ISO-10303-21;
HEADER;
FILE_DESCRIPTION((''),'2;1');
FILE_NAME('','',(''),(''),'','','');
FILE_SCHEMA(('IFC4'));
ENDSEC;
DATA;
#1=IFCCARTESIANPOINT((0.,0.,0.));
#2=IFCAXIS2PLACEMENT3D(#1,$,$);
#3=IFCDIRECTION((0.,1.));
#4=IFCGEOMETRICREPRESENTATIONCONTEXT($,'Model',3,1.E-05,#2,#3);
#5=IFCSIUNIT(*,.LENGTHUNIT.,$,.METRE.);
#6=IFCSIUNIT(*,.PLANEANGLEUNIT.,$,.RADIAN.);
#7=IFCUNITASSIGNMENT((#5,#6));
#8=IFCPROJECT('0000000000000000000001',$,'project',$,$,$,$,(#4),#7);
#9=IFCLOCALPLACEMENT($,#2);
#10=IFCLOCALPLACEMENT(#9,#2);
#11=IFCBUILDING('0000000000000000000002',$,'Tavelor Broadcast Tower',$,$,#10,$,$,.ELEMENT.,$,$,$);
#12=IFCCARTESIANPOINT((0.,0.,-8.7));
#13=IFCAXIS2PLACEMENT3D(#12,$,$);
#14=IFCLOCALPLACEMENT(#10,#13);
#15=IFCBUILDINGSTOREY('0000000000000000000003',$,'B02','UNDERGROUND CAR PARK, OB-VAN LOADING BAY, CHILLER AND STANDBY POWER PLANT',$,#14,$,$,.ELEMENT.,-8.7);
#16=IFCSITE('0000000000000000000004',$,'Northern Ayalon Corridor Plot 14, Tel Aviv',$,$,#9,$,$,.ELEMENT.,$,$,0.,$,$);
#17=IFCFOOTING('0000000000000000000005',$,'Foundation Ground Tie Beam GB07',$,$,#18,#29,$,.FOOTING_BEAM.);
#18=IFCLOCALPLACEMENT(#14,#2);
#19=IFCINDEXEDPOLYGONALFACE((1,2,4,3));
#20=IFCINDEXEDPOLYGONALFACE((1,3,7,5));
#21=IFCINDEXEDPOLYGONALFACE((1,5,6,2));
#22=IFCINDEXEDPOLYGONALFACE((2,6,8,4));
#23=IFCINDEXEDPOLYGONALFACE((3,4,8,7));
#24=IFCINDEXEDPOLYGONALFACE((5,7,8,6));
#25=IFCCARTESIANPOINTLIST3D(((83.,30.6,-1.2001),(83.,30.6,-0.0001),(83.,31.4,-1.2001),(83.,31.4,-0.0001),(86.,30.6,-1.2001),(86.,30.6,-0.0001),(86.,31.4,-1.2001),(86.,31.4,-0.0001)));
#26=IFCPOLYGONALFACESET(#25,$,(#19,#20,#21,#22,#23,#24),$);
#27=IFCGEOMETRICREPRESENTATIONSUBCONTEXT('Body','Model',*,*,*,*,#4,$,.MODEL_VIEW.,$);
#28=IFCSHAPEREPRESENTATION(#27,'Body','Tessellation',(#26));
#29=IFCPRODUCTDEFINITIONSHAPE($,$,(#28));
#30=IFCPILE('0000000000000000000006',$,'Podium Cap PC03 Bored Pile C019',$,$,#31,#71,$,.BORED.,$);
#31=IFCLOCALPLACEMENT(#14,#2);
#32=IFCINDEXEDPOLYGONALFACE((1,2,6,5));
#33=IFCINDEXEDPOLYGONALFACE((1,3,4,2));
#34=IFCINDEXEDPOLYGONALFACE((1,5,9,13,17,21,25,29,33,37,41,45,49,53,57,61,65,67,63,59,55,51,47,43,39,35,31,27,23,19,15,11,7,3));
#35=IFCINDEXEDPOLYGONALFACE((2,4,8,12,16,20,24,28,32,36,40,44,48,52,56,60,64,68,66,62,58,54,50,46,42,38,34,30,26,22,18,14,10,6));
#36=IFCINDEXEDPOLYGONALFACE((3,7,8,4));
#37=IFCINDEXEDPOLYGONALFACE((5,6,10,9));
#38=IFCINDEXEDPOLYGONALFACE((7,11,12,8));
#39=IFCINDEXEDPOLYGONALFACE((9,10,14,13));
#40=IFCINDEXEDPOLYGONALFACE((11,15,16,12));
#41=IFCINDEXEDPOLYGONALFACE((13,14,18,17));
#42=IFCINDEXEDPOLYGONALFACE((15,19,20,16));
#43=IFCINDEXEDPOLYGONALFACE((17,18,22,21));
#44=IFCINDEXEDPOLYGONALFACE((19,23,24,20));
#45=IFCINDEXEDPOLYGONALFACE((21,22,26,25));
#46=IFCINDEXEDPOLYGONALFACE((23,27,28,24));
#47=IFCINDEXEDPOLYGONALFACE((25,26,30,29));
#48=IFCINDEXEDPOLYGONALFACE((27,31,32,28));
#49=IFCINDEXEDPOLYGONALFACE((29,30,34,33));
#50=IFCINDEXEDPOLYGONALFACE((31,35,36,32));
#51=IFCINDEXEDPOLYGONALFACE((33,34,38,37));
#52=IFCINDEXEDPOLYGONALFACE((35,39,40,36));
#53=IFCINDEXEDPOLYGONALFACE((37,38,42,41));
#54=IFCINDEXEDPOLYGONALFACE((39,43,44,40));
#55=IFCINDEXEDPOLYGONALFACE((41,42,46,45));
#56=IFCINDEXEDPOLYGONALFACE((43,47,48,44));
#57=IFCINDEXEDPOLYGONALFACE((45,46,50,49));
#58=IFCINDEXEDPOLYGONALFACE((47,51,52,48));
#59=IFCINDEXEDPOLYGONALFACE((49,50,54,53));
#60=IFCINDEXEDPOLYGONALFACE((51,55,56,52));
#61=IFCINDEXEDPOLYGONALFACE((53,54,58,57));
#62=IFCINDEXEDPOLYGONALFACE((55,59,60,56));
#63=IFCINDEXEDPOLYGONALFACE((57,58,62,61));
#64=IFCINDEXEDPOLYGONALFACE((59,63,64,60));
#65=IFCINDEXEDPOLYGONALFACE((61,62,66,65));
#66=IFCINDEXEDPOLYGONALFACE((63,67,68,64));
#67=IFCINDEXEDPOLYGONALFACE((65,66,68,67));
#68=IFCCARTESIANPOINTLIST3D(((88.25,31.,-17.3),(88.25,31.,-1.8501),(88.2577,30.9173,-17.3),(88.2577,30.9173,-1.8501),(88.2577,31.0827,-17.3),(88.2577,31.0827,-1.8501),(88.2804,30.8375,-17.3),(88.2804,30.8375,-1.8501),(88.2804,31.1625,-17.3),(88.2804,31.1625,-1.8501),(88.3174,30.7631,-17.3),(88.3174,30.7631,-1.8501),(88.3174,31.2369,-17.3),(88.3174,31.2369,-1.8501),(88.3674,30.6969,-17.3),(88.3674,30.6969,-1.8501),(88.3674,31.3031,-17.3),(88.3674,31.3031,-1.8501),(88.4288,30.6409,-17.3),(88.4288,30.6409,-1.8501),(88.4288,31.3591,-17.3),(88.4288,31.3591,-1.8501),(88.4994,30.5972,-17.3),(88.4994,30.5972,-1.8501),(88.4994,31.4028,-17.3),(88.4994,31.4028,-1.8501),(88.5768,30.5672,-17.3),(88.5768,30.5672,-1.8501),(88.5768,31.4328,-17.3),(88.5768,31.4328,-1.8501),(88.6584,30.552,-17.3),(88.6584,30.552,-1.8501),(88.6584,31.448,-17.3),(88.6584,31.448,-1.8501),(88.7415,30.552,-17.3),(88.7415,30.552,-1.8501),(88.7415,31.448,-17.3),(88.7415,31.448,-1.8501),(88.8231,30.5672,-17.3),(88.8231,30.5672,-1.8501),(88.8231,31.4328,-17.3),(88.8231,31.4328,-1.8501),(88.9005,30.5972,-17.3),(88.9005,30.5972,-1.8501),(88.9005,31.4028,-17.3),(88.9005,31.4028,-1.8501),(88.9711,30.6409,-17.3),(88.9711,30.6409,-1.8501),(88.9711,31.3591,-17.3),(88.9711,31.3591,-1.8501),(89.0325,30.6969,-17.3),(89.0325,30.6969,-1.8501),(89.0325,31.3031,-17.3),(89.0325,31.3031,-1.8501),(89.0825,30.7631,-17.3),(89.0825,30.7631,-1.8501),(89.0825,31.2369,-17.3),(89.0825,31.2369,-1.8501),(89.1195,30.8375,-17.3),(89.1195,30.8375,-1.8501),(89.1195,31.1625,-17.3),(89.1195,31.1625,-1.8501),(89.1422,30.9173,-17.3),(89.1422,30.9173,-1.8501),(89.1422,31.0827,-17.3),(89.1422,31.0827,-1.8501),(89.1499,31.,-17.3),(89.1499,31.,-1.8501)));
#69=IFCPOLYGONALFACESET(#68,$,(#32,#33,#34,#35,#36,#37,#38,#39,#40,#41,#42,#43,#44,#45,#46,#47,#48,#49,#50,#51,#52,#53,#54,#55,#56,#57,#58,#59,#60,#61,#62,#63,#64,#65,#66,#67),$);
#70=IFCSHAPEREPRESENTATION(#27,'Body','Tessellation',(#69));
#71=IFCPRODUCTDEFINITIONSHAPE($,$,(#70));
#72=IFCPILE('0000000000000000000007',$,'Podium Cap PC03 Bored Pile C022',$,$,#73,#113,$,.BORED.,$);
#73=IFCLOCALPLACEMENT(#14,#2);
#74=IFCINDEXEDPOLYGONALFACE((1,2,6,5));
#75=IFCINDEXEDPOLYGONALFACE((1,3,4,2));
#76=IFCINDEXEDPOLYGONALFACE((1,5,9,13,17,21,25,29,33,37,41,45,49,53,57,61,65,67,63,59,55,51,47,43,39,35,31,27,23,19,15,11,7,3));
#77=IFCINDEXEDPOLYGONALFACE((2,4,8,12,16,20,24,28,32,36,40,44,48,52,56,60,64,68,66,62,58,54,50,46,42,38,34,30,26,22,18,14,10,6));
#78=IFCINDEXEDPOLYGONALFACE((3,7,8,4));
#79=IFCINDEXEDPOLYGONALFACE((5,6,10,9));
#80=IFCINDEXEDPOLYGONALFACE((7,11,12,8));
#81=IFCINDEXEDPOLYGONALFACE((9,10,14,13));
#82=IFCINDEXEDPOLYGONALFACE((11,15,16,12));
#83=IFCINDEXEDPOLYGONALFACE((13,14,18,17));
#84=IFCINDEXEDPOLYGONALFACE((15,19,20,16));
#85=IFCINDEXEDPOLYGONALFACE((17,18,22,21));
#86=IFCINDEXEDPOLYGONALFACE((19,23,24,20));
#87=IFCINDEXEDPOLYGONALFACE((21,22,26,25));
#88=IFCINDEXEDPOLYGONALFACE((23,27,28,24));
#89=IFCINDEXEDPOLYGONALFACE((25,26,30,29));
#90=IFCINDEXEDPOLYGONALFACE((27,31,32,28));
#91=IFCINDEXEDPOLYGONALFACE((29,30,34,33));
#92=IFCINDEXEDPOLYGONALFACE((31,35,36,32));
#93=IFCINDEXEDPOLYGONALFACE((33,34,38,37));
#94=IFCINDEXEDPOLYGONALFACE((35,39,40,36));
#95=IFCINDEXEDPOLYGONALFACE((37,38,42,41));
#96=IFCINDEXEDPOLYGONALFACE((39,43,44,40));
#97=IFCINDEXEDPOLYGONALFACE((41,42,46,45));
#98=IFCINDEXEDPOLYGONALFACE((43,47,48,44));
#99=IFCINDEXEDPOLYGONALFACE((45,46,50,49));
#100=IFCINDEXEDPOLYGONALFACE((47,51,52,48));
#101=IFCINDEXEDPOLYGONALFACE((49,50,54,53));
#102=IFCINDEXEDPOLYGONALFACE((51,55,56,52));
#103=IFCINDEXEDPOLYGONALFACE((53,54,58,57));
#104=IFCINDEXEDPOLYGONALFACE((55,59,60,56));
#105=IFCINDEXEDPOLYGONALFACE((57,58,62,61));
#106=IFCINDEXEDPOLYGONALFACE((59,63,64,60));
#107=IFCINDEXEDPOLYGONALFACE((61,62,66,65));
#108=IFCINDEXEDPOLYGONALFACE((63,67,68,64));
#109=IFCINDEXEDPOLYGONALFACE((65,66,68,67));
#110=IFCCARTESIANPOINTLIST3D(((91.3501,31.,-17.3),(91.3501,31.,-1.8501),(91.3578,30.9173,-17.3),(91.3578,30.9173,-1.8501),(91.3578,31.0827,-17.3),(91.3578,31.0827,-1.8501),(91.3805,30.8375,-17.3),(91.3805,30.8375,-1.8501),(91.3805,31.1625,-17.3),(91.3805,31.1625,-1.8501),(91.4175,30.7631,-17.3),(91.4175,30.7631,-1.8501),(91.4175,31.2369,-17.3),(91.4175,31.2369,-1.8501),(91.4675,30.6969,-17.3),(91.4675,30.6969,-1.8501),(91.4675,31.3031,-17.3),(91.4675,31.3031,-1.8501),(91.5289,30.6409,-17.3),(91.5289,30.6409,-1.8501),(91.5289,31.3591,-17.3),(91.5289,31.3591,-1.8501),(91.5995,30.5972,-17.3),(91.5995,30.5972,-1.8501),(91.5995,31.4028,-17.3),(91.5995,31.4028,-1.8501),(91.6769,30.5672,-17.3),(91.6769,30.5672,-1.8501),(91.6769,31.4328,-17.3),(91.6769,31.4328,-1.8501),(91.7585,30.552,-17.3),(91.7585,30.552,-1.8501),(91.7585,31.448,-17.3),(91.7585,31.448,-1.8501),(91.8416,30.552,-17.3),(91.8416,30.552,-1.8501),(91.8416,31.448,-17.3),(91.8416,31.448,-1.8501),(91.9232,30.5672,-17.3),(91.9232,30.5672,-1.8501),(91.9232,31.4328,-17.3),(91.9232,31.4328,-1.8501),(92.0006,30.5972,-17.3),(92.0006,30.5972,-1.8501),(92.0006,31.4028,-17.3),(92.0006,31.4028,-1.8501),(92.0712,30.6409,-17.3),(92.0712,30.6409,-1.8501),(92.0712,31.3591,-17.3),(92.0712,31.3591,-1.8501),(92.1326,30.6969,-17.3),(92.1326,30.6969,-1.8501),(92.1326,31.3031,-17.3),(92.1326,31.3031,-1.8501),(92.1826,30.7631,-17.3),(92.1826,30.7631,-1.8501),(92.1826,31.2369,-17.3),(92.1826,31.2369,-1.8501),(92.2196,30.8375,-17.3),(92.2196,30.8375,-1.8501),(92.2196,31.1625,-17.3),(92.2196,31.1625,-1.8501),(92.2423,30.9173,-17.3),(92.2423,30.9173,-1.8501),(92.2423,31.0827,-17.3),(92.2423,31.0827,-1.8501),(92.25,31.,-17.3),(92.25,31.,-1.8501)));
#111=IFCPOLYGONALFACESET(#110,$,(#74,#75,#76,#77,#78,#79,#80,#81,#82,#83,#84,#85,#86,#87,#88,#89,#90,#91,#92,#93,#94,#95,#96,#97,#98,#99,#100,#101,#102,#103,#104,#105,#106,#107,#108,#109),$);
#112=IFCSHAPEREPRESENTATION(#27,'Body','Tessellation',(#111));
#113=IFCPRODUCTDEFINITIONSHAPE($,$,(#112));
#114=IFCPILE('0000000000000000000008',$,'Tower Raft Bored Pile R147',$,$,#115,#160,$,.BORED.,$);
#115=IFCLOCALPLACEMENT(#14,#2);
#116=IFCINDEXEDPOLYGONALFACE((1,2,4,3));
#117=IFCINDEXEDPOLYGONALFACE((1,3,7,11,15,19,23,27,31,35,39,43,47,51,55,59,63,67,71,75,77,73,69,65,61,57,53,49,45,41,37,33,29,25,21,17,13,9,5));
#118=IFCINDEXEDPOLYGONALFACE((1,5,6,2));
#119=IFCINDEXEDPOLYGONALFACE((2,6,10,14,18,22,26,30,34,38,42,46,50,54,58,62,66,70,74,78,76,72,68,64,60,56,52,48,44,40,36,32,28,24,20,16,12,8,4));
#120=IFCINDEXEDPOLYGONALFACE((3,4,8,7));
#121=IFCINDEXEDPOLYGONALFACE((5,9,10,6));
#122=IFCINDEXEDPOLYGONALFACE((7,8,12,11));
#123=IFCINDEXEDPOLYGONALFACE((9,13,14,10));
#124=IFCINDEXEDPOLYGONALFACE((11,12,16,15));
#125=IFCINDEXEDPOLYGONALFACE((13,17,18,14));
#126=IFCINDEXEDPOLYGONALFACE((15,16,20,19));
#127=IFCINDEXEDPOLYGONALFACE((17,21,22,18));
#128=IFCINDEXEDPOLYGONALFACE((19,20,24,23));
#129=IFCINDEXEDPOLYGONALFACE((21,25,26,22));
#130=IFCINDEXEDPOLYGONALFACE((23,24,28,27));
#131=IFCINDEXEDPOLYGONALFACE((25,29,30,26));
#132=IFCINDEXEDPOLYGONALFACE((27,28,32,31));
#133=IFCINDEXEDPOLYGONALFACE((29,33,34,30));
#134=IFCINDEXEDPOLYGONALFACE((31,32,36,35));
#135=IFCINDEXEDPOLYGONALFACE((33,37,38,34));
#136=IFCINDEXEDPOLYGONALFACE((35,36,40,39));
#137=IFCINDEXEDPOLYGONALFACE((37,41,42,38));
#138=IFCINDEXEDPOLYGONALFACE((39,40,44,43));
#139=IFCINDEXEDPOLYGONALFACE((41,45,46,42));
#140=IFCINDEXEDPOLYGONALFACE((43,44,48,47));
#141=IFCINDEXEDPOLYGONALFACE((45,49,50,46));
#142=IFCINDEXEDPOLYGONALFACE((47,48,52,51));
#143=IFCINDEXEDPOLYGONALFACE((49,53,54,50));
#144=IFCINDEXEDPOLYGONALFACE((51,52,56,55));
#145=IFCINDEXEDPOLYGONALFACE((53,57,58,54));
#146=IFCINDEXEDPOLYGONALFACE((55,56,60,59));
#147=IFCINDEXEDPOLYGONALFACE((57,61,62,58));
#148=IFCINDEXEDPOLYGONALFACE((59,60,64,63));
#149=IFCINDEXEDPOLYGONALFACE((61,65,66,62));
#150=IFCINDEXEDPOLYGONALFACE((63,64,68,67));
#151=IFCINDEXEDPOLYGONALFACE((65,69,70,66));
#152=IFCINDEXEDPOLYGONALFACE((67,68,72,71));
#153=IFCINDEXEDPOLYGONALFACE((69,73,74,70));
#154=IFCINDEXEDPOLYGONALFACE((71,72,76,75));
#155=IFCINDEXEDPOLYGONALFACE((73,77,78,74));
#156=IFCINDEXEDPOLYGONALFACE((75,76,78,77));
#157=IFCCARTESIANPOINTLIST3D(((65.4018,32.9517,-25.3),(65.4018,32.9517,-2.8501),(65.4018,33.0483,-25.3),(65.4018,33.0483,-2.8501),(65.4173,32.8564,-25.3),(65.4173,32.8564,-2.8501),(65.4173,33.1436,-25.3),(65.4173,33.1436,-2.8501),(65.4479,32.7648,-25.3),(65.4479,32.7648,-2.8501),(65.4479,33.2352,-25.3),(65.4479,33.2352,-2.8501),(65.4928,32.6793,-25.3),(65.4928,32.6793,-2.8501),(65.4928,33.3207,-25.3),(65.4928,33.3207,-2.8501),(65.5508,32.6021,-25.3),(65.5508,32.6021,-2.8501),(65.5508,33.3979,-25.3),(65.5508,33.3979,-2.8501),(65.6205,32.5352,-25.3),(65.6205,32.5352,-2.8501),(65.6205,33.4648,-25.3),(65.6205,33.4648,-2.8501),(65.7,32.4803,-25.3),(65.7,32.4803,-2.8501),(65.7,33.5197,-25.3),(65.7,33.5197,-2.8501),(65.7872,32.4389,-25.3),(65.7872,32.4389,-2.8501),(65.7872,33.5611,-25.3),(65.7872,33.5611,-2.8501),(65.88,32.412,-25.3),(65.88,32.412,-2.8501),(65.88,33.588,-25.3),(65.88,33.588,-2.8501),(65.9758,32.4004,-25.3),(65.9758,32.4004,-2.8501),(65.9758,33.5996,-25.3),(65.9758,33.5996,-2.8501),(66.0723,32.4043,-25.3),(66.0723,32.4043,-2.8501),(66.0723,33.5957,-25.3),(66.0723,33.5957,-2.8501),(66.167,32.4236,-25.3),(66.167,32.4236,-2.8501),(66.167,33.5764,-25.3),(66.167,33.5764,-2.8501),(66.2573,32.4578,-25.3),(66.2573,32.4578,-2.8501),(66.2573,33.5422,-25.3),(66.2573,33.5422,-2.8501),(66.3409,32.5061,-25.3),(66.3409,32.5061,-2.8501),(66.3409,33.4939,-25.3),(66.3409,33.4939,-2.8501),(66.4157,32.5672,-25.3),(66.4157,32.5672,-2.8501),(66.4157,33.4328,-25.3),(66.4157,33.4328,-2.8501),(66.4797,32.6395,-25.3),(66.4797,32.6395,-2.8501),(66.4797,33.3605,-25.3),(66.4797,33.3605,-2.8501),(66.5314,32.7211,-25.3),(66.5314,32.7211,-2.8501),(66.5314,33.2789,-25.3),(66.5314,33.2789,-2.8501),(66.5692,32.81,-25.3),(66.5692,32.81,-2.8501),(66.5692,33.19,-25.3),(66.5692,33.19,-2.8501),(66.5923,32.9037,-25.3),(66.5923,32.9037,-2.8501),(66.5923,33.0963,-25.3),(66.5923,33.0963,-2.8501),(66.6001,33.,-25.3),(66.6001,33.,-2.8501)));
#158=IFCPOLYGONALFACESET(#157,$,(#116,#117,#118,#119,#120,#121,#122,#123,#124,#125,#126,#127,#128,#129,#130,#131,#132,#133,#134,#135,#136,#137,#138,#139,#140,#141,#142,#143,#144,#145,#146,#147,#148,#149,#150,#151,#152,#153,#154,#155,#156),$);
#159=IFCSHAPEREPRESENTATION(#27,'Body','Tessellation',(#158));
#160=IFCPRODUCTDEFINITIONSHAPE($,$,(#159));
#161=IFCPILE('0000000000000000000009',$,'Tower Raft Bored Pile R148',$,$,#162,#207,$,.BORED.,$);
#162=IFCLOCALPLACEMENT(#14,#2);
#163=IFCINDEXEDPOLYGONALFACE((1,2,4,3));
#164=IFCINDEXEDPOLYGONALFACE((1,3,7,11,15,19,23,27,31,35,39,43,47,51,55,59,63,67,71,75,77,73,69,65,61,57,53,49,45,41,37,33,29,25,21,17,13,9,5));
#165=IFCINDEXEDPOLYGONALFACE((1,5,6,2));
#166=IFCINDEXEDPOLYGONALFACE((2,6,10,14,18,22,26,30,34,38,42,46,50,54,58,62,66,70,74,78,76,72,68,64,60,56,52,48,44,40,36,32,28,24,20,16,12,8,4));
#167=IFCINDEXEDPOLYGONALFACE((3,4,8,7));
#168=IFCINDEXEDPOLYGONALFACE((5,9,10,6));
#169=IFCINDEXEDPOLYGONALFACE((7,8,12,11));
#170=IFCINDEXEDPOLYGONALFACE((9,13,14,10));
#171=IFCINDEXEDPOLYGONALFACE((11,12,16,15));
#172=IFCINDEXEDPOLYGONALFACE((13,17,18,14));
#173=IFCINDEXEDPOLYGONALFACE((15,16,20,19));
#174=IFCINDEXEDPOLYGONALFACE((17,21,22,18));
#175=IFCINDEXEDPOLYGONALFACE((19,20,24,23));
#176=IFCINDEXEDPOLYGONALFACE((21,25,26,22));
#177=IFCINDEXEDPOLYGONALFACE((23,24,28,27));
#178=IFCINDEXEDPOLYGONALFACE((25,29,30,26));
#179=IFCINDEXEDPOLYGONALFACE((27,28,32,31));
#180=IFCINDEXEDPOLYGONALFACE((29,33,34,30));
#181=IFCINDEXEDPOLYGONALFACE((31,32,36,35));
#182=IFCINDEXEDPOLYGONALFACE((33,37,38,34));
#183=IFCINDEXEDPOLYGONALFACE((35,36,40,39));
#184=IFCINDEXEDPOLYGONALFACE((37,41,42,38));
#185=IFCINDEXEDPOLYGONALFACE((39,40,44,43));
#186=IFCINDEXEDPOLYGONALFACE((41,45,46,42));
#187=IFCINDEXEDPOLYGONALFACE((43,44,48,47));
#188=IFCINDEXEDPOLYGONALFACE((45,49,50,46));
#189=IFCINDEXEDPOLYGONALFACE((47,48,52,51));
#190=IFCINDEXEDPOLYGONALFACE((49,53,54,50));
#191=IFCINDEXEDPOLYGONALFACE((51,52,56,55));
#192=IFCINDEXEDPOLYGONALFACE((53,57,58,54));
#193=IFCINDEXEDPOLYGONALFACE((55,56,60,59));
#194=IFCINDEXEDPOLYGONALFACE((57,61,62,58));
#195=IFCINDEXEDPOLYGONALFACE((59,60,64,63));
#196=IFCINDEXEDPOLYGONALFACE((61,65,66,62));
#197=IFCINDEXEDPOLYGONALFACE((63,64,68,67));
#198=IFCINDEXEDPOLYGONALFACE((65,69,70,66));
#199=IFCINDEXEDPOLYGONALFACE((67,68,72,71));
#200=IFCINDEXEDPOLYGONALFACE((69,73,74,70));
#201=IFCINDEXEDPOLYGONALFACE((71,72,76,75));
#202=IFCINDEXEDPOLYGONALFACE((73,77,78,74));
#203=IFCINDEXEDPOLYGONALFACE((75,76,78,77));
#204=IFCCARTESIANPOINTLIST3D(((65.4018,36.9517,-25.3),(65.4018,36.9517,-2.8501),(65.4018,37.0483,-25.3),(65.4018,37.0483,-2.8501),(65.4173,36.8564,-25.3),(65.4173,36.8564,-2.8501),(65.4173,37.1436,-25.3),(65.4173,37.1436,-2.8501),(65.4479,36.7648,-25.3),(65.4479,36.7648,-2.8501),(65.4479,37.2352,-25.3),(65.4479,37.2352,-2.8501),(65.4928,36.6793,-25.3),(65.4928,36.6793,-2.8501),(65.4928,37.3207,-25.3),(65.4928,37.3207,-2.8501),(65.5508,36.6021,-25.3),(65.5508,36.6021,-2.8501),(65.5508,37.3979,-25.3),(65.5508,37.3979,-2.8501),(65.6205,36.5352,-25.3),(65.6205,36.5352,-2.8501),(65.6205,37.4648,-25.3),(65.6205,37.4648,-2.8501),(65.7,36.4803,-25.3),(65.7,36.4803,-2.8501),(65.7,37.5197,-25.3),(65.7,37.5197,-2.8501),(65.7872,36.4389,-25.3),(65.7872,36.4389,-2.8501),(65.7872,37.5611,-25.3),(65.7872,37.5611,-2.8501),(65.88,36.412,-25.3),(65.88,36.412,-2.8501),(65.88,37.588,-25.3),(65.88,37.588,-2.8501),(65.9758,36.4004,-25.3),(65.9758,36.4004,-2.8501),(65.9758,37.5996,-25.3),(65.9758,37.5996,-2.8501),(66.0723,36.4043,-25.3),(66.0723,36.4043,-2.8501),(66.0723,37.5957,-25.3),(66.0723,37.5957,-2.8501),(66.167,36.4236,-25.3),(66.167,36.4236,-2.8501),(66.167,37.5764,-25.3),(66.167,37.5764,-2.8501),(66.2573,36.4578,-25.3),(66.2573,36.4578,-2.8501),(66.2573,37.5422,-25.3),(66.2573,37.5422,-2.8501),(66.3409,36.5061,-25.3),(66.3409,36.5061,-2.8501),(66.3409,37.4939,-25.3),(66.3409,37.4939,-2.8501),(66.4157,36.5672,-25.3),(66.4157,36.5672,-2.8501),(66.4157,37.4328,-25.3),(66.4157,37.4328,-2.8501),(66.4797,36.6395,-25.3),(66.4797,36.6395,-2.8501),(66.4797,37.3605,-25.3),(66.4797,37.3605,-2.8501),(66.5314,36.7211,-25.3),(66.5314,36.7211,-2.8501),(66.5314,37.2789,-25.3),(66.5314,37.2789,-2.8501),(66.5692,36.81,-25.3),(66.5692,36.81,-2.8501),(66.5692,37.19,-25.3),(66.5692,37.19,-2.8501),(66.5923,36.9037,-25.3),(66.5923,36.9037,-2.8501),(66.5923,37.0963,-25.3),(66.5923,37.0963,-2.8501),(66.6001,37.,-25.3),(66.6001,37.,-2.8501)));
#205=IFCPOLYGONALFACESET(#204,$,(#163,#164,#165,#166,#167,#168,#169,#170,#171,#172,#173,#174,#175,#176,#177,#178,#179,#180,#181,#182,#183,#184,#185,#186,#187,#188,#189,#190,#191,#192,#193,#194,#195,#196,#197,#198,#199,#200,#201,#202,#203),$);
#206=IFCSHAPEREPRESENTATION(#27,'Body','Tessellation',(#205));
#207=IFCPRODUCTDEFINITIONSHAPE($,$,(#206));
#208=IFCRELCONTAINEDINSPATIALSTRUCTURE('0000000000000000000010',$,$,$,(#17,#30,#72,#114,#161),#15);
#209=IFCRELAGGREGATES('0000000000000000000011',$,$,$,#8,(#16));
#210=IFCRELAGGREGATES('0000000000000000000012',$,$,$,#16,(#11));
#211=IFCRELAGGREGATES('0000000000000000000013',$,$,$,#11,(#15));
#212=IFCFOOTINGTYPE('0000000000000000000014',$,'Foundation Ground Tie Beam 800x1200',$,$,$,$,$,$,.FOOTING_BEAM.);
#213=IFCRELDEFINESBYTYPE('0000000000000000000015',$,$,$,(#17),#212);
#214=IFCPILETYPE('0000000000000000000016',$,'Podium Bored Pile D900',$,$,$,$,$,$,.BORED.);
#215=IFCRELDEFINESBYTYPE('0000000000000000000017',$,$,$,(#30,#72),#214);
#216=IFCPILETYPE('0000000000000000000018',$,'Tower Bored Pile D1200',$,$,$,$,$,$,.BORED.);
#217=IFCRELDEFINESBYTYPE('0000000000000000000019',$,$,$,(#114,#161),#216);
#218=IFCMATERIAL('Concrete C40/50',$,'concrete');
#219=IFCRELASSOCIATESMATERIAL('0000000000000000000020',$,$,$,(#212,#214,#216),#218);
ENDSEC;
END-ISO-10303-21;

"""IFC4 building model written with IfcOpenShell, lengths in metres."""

from ifc_helpers import new_model, si_unit, direction, frame, origin, origin_2d, place, context, subcontext, project, spatial, rectangle, circle, extrude, material, material_profile, profile_set, type_object, element, save


model = new_model("IFC4")

# Units and contexts
model_context = context("Model", 3, precision=1e-05, world=origin(), true_north=direction((0.0, 1.0)))
body_context = subcontext(model_context, "Body", "Model", "MODEL_VIEW")
ifc_project = project(units=[si_unit("LENGTHUNIT", "METRE"), si_unit("PLANEANGLEUNIT", "RADIAN")], contexts=[model_context])

# Site, building, storey
site_placement = place(None, origin())
site = spatial("IfcSite", under=ifc_project, at=site_placement, Name="Northern Ayalon Corridor Plot 14, Tel Aviv", CompositionType="ELEMENT", RefElevation=0.0)
building_placement = place(site_placement, origin())
building = spatial("IfcBuilding", under=site, at=building_placement, Name="Tavelor Broadcast Tower", CompositionType="ELEMENT")
storey_placement = place(building_placement, frame((0.0, 0.0, -8.7)))
storey = spatial("IfcBuildingStorey", under=building, at=storey_placement, Name="B02", Description="UNDERGROUND CAR PARK, OB-VAN LOADING BAY, CHILLER AND STANDBY POWER PLANT", CompositionType="ELEMENT", Elevation=-8.7)

# Footing
ifc_material_1 = material(Name="Concrete C40/50", Category="concrete")
ifc_material_profile_1 = material_profile(ifc_material_1, rectangle(XDim=0.8, YDim=1.2, at=origin_2d()), Name="RC 800x1200")
ifc_profile_set_1 = profile_set([ifc_material_profile_1], Name="Concrete C40/50")
footing_type = type_object("IfcFootingType", Name="Foundation Ground Tie Beam 800x1200", PredefinedType="FOOTING_BEAM", material=ifc_profile_set_1)
footing_placement = place(storey_placement, frame((83.0, 31.0, -0.6001), z_axis=(1.0, 0.0, 0.0), x_axis=(0.0, 1.0, 0.0)))
element("IfcFooting", 1, at=footing_placement, inside=storey, type_object=footing_type, Name="Foundation Ground Tie Beam GB07", PredefinedType="FOOTING_BEAM", context=body_context, shape_type="SweptSolid", body=[
    extrude(rectangle(XDim=0.8, YDim=1.2, at=origin_2d()), origin(), (0.0, 0.0, 1.0), 3.0),
])

# Piles
ifc_material_profile_2 = material_profile(ifc_material_1, circle(Radius=0.45, at=origin_2d()), Name="PILE D900")
ifc_profile_set_2 = profile_set([ifc_material_profile_2], Name="Concrete C40/50")
pile_type_1 = type_object("IfcPileType", Name="Podium Bored Pile D900", PredefinedType="BORED", material=ifc_profile_set_2)
for number, where, z_axis, x_axis, name in (
    (2, (88.7, 31.0, -1.8501), (0.0, 0.0, -1.0), (1.0, 0.0, 0.0), "Podium Cap PC03 Bored Pile C019"),
    (3, (91.8, 31.0, -1.8501), (0.0, 0.0, -1.0), (1.0, 0.0, 0.0), "Podium Cap PC03 Bored Pile C022"),
):
    element("IfcPile", number, at=place(storey_placement, frame(where, z_axis=z_axis, x_axis=x_axis)), inside=storey, type_object=pile_type_1, Name=name, PredefinedType="BORED", context=body_context, shape_type="SweptSolid", body=[
        extrude(circle(Radius=0.45, at=origin_2d()), origin(), (0.0, 0.0, 1.0), 15.45),
    ])
ifc_material_profile_3 = material_profile(ifc_material_1, circle(Radius=0.6001, at=origin_2d()), Name="PILE D1200")
ifc_profile_set_3 = profile_set([ifc_material_profile_3], Name="Concrete C40/50")
pile_type_2 = type_object("IfcPileType", Name="Tower Bored Pile D1200", PredefinedType="BORED", material=ifc_profile_set_3)
for number, where, z_axis, x_axis, name in (
    (4, (66.0, 33.0, -2.8501), (0.0, 0.0, -1.0), (1.0, 0.0, 0.0), "Tower Raft Bored Pile R147"),
    (5, (66.0, 37.0, -2.8501), (0.0, 0.0, -1.0), (1.0, 0.0, 0.0), "Tower Raft Bored Pile R148"),
):
    element("IfcPile", number, at=place(storey_placement, frame(where, z_axis=z_axis, x_axis=x_axis)), inside=storey, type_object=pile_type_2, Name=name, PredefinedType="BORED", context=body_context, shape_type="SweptSolid", body=[
        extrude(circle(Radius=0.6001, at=origin_2d()), origin(), (0.0, 0.0, 1.0), 22.45),
    ])

save(model, "model.ifc")
